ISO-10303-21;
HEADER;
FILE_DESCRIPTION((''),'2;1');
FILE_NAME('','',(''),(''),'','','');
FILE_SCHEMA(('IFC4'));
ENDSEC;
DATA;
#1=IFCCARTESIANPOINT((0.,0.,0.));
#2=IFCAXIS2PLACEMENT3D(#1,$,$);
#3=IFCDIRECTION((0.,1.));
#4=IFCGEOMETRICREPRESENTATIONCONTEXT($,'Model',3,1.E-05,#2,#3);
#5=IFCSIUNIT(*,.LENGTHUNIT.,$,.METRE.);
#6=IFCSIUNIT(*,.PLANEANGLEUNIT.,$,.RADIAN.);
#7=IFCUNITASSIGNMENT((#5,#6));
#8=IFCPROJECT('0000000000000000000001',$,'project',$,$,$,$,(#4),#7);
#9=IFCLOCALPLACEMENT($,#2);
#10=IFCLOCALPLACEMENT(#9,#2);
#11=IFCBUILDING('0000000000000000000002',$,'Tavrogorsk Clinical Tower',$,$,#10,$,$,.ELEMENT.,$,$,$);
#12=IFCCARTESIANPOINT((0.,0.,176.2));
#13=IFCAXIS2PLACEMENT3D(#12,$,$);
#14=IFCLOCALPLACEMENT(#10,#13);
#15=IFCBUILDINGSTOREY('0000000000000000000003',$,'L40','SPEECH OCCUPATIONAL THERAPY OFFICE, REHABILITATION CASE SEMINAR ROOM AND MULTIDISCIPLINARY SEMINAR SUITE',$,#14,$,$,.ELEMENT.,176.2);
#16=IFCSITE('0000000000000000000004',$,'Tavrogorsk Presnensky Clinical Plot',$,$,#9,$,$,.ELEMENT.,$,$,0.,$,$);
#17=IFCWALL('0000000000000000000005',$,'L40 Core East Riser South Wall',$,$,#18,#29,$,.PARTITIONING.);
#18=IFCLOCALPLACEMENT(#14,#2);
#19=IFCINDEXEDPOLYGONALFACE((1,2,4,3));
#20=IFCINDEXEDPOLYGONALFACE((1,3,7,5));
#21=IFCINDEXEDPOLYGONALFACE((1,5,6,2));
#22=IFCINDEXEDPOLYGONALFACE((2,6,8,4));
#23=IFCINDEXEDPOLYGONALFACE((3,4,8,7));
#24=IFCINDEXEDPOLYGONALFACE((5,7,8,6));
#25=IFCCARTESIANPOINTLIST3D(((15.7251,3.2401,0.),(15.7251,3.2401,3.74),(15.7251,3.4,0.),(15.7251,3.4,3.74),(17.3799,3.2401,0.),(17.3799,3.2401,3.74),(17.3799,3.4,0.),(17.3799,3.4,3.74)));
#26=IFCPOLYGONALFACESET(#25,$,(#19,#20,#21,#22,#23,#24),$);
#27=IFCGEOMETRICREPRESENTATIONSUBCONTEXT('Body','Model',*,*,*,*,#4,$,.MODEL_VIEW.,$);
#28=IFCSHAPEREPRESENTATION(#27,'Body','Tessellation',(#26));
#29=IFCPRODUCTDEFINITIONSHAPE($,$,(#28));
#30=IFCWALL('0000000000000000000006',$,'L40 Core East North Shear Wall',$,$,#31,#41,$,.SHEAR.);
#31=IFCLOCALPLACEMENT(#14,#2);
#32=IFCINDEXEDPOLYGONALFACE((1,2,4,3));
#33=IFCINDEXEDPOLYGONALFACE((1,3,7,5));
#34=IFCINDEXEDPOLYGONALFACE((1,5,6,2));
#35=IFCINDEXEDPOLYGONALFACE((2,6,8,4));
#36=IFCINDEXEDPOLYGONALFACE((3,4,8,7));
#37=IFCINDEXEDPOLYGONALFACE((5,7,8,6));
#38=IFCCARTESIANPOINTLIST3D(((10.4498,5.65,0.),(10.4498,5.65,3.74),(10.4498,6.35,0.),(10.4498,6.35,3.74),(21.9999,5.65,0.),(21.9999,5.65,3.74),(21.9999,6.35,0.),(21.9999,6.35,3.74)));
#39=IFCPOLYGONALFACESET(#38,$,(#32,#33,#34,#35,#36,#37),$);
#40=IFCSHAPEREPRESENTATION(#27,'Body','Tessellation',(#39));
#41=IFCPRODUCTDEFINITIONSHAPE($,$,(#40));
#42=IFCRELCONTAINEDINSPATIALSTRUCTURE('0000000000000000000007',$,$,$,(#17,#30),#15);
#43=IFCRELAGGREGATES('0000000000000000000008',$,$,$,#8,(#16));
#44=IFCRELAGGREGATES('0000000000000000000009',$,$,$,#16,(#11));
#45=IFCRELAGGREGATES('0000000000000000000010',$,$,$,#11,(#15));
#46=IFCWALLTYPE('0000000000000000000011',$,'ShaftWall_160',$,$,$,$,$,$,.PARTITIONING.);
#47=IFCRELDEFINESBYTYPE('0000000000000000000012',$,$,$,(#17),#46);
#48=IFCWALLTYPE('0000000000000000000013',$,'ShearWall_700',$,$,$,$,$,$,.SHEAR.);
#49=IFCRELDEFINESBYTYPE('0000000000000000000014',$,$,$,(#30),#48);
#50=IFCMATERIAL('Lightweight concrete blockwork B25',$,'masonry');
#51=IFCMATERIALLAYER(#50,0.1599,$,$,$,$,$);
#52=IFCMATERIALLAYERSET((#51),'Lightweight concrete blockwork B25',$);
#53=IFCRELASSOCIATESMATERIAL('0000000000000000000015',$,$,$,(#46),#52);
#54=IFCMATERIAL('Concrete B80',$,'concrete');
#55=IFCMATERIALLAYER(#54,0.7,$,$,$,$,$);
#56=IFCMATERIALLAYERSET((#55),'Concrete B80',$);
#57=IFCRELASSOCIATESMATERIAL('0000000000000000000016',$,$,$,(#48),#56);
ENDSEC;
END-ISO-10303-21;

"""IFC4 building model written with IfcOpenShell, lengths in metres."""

from ifc_helpers import new_model, si_unit, direction, frame, frame_2d, origin, place, context, subcontext, project, spatial, rectangle, extrude, material, layer, layer_set, type_object, element, save


model = new_model("IFC4")

# Units and contexts
model_context = context("Model", 3, precision=1e-05, world=origin(), true_north=direction((0.0, 1.0)))
body_context = subcontext(model_context, "Body", "Model", "MODEL_VIEW")
ifc_project = project(units=[si_unit("LENGTHUNIT", "METRE"), si_unit("PLANEANGLEUNIT", "RADIAN")], contexts=[model_context])

# Site, building, storey
site_placement = place(None, origin())
site = spatial("IfcSite", under=ifc_project, at=site_placement, Name="Tavrogorsk Presnensky Clinical Plot", CompositionType="ELEMENT", RefElevation=0.0)
building_placement = place(site_placement, origin())
building = spatial("IfcBuilding", under=site, at=building_placement, Name="Tavrogorsk Clinical Tower", CompositionType="ELEMENT")
storey_placement = place(building_placement, frame((0.0, 0.0, 176.2)))
storey = spatial("IfcBuildingStorey", under=building, at=storey_placement, Name="L40", Description="SPEECH OCCUPATIONAL THERAPY OFFICE, REHABILITATION CASE SEMINAR ROOM AND MULTIDISCIPLINARY SEMINAR SUITE", CompositionType="ELEMENT", Elevation=176.2)

# Shared definitions
ifc_material_1 = material(Name="Lightweight concrete blockwork B25", Category="masonry")
ifc_layer_1 = layer(ifc_material_1, 0.1599)
ifc_layer_set_1 = layer_set([ifc_layer_1], Name="Lightweight concrete blockwork B25")
wall_type_1 = type_object("IfcWallType", Name="ShaftWall_160", PredefinedType="PARTITIONING", material=ifc_layer_set_1)

# Walls
wall_1_placement = place(storey_placement, frame((15.7251, 3.3201, 0.0), z_axis=(0.0, 0.0, 1.0), x_axis=(1.0, 0.0, 0.0)))
element("IfcWall", 1, at=wall_1_placement, inside=storey, type_object=wall_type_1, Name="L40 Core East Riser South Wall", PredefinedType="PARTITIONING", context=body_context, shape_type="SweptSolid", body=[
    extrude(rectangle(XDim=1.6548, YDim=0.1599, at=frame_2d((0.8274, 0.0))), origin(), (0.0, 0.0, 1.0), 3.74),
])
ifc_material_2 = material(Name="Concrete B80", Category="concrete")
ifc_layer_2 = layer(ifc_material_2, 0.7)
ifc_layer_set_2 = layer_set([ifc_layer_2], Name="Concrete B80")
wall_type_2 = type_object("IfcWallType", Name="ShearWall_700", PredefinedType="SHEAR", material=ifc_layer_set_2)
wall_2_placement = place(storey_placement, frame((10.45, 6.0, 0.0), z_axis=(0.0, 0.0, 1.0), x_axis=(1.0, 0.0, 0.0)))
element("IfcWall", 2, at=wall_2_placement, inside=storey, type_object=wall_type_2, Name="L40 Core East North Shear Wall", PredefinedType="SHEAR", context=body_context, shape_type="SweptSolid", body=[
    extrude(rectangle(XDim=11.55, YDim=0.7, at=frame_2d((5.7749, 0.0))), origin(), (0.0, 0.0, 1.0), 3.74),
])

save(model, "model.ifc")
